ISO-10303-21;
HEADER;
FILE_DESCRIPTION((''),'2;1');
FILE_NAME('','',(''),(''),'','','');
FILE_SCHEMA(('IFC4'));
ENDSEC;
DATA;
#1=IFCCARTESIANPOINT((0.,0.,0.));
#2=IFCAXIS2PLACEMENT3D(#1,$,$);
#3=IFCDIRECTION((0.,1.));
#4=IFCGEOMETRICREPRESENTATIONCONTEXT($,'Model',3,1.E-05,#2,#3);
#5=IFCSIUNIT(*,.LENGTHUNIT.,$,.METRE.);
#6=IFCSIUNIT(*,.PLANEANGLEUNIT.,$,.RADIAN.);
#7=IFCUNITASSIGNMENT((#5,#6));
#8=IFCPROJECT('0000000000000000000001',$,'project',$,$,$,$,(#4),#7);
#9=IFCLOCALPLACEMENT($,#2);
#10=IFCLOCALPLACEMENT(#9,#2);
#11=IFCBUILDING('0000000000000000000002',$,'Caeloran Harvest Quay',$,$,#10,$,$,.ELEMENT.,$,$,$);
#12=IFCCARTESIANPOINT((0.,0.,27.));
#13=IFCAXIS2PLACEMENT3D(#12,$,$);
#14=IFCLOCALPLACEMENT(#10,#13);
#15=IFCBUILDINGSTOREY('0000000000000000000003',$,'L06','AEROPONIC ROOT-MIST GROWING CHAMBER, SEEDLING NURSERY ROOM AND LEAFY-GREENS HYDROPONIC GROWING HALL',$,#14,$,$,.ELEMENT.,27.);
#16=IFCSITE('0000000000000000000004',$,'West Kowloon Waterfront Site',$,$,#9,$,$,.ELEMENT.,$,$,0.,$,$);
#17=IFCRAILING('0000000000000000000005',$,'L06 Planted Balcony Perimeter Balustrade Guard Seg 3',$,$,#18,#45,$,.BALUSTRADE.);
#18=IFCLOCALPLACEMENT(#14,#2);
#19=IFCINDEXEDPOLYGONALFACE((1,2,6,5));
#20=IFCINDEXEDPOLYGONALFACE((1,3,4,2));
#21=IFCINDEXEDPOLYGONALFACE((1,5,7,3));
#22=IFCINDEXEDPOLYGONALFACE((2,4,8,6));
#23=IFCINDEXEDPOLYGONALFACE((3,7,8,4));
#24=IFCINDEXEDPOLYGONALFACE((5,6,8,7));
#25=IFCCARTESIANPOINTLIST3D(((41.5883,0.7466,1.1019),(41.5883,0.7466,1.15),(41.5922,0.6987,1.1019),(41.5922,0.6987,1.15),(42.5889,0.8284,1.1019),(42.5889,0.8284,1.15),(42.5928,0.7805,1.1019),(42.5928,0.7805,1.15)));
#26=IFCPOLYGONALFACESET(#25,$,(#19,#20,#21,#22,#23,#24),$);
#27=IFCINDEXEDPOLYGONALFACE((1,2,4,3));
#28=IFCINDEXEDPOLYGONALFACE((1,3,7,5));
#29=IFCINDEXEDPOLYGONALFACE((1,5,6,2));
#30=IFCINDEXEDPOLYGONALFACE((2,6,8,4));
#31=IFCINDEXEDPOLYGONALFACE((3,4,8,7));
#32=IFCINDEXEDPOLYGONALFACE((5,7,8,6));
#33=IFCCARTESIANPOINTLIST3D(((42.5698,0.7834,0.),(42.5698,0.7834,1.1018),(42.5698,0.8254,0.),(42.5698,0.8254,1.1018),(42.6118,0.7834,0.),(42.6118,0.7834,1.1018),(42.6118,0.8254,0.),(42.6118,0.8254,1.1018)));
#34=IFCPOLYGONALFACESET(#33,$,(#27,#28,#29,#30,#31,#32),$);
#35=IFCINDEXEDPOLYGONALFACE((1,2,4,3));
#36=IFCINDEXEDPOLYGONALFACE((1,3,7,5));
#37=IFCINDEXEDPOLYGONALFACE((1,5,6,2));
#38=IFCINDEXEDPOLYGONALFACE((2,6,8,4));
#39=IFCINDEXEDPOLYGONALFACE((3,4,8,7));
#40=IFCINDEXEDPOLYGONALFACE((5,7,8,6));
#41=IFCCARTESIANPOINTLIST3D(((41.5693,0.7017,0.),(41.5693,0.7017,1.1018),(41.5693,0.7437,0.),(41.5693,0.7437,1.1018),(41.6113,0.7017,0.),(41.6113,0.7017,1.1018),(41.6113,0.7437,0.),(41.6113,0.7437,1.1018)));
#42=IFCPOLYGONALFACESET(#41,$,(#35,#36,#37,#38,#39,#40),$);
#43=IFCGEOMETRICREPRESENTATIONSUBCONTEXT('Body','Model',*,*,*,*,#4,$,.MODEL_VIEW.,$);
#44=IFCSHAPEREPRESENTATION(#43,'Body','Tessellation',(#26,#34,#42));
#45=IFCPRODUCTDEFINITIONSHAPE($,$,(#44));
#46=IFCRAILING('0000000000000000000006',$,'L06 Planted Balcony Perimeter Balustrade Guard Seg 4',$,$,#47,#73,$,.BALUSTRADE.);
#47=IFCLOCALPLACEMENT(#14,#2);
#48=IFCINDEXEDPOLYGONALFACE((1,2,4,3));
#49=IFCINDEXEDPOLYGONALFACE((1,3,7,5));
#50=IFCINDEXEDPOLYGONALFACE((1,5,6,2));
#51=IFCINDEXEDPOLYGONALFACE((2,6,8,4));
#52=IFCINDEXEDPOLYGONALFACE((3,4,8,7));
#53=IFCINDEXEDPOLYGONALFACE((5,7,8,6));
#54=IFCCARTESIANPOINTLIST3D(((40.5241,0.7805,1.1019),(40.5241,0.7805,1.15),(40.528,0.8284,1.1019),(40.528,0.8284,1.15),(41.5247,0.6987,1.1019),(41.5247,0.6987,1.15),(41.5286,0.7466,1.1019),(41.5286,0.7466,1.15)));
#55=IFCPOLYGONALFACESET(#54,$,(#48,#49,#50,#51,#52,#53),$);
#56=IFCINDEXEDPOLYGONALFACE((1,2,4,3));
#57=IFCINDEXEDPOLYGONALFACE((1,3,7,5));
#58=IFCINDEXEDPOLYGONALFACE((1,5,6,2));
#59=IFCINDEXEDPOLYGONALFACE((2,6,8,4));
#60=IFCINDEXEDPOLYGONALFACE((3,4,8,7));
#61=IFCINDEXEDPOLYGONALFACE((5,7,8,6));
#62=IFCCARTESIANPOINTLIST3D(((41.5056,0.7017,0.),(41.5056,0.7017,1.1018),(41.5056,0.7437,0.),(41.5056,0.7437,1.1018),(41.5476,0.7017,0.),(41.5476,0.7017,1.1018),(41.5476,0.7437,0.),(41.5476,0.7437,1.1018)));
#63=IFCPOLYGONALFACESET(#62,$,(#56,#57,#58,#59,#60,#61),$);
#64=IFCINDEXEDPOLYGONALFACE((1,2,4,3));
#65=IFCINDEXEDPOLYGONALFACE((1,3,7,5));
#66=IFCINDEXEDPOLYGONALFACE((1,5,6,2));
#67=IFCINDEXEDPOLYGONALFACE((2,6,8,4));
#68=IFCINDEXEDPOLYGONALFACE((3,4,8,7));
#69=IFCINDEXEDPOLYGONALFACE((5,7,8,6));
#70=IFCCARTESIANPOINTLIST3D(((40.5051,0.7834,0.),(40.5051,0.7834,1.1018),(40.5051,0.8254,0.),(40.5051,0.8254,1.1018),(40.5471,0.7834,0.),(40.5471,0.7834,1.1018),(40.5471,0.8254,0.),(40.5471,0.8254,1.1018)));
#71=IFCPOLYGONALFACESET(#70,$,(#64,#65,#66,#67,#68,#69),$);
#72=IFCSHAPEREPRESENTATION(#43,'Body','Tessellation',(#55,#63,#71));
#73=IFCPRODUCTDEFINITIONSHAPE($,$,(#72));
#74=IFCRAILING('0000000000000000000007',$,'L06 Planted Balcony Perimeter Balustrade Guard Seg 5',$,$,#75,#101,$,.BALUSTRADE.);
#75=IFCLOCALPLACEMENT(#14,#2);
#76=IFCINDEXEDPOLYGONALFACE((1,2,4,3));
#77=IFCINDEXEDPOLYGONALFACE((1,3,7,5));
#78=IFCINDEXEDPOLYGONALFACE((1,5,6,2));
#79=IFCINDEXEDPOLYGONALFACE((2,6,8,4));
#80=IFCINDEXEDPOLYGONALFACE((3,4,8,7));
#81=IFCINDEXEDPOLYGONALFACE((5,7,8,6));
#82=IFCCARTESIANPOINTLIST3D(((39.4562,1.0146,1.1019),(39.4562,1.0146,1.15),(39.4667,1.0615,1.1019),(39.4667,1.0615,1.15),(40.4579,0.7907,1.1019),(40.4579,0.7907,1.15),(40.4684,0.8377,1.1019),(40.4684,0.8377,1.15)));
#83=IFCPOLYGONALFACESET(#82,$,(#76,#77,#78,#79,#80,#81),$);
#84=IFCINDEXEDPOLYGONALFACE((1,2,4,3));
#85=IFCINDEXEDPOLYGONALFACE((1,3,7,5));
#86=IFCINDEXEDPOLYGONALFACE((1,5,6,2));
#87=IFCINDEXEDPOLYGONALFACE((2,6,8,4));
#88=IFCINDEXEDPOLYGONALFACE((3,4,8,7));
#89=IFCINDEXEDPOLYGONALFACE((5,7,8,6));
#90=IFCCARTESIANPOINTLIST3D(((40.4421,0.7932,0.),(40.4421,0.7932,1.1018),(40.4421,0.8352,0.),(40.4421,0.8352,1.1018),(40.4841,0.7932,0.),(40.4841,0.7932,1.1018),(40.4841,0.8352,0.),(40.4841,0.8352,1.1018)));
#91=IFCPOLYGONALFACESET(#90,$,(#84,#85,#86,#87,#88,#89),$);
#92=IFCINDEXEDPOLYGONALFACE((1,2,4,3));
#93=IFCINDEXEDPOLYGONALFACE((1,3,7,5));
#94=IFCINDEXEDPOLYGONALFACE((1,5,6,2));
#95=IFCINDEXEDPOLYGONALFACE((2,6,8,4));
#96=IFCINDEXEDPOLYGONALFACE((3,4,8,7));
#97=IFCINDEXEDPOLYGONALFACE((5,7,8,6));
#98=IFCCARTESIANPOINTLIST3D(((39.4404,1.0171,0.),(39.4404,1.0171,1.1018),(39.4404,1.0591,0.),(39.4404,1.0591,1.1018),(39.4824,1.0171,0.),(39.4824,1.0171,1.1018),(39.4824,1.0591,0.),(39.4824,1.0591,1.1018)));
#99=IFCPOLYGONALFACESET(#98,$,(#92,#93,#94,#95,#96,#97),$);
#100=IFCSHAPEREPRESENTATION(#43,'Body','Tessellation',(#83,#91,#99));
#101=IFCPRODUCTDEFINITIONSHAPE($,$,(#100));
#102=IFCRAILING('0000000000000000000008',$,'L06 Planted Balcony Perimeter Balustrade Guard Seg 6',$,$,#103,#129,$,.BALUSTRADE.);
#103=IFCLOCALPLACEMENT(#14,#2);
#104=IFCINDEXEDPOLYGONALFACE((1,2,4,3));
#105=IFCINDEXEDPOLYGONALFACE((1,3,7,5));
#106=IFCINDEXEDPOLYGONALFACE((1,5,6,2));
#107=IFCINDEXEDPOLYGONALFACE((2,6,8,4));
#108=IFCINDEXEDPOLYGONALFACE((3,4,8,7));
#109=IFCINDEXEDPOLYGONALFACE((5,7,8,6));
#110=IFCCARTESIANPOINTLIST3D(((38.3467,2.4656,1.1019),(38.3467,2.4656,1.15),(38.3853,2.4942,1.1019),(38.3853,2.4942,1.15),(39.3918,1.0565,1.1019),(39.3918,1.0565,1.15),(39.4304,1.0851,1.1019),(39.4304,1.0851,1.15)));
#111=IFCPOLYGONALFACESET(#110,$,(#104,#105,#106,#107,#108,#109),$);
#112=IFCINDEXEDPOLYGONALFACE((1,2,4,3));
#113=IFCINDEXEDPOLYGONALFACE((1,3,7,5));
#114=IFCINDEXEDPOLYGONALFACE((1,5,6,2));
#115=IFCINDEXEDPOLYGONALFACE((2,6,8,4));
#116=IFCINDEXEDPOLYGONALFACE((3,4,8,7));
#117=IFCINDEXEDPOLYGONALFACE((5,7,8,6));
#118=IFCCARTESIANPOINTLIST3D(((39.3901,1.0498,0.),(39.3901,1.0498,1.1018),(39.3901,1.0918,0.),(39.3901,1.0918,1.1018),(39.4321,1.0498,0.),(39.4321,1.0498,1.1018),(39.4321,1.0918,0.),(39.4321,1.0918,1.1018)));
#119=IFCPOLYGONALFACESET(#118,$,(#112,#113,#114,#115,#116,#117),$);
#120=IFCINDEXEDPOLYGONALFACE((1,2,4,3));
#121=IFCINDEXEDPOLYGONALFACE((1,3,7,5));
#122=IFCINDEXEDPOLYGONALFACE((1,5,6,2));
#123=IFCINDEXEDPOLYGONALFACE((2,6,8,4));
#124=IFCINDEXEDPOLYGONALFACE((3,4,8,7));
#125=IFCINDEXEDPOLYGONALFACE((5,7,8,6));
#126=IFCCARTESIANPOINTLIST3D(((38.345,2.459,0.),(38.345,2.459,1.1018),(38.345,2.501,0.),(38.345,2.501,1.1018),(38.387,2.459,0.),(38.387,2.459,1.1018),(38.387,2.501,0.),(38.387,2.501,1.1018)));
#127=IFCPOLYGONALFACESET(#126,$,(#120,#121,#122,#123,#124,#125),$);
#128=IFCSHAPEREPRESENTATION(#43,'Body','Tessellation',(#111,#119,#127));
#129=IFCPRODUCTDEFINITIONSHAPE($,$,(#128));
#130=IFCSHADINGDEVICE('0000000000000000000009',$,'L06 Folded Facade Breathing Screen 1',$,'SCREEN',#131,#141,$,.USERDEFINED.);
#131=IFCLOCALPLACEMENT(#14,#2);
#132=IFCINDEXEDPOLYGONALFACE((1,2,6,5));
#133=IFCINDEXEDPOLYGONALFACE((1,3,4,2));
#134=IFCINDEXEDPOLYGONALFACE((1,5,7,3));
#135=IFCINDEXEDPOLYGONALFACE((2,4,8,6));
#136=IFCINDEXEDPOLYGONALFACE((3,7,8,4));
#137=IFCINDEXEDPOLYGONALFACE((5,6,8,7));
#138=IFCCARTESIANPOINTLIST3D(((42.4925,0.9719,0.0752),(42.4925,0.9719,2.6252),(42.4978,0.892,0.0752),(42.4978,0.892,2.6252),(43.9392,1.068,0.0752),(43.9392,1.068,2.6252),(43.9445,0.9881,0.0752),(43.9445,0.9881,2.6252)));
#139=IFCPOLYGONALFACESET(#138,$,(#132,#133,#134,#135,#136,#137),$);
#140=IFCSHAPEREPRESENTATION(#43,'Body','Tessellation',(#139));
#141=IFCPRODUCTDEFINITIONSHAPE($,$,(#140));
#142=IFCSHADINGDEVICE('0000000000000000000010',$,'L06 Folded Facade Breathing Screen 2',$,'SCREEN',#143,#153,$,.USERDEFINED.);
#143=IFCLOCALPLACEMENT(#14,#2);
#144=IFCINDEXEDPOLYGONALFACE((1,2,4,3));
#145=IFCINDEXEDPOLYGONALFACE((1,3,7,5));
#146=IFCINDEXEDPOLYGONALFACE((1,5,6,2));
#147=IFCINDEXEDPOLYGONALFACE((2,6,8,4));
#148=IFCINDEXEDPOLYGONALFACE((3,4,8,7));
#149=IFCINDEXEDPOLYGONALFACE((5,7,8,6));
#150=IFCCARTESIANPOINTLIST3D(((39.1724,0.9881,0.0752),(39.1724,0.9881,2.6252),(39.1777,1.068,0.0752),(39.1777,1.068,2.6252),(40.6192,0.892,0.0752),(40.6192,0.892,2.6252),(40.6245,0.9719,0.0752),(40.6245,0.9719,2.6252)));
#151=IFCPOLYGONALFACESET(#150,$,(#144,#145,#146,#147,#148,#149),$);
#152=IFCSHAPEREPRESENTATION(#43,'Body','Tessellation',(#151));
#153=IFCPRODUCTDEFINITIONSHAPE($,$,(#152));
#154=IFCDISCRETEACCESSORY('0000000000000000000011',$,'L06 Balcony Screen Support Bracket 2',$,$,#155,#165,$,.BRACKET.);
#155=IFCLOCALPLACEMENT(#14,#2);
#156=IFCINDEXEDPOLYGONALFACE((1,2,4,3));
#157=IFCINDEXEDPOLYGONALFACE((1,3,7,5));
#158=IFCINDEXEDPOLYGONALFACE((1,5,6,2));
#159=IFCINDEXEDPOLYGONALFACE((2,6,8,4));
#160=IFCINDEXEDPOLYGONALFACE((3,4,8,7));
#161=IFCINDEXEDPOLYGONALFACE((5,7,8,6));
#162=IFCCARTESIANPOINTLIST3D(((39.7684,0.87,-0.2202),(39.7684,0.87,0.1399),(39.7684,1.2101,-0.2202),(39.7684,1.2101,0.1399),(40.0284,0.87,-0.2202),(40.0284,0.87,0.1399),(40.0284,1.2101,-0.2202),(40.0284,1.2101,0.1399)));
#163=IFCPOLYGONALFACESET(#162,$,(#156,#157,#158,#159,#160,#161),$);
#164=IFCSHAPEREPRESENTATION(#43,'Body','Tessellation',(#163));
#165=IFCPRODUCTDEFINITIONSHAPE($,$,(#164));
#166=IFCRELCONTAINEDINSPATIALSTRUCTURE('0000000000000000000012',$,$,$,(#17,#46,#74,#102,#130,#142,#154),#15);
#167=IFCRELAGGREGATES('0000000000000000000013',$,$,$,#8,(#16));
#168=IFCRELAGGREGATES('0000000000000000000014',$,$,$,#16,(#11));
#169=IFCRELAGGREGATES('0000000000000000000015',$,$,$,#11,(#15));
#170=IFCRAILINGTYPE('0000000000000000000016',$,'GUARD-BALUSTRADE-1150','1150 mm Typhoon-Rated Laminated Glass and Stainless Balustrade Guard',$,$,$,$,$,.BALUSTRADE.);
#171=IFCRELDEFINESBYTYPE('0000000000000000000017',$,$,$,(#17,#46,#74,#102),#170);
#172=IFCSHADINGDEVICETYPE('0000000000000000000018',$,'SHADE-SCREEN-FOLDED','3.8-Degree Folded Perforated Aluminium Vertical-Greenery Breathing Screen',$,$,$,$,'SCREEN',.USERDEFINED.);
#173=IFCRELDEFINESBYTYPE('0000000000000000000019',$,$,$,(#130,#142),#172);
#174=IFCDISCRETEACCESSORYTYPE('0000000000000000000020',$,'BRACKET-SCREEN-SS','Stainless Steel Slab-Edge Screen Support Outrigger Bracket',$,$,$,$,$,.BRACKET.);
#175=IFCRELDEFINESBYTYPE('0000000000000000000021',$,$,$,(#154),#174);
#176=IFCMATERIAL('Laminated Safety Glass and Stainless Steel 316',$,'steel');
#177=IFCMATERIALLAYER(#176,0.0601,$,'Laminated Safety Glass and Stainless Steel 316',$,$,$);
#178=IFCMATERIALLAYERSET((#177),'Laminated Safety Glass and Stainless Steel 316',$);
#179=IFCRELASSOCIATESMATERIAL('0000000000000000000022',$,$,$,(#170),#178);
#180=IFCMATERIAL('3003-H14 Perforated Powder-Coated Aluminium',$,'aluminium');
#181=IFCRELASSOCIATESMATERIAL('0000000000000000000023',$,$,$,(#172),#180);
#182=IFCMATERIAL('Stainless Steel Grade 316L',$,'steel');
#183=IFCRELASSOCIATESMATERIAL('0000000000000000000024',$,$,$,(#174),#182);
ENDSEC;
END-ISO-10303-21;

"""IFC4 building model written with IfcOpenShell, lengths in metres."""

from ifc_helpers import new_model, si_unit, direction, frame, origin, origin_2d, place, context, subcontext, project, spatial, rectangle, extrude, material, layer, layer_set, type_object, element, save


model = new_model("IFC4")

# Units and contexts
model_context = context("Model", 3, precision=1e-05, world=origin(), true_north=direction((0.0, 1.0)))
body_context = subcontext(model_context, "Body", "Model", "MODEL_VIEW")
ifc_project = project(units=[si_unit("LENGTHUNIT", "METRE"), si_unit("PLANEANGLEUNIT", "RADIAN")], contexts=[model_context])

# Site, building, storey
site_placement = place(None, origin())
site = spatial("IfcSite", under=ifc_project, at=site_placement, Name="West Kowloon Waterfront Site", CompositionType="ELEMENT", RefElevation=0.0)
building_placement = place(site_placement, origin())
building = spatial("IfcBuilding", under=site, at=building_placement, Name="Caeloran Harvest Quay", CompositionType="ELEMENT")
storey_placement = place(building_placement, frame((0.0, 0.0, 27.0)))
storey = spatial("IfcBuildingStorey", under=building, at=storey_placement, Name="L06", Description="AEROPONIC ROOT-MIST GROWING CHAMBER, SEEDLING NURSERY ROOM AND LEAFY-GREENS HYDROPONIC GROWING HALL", CompositionType="ELEMENT", Elevation=27.0)

# Railings
ifc_material_1 = material(Name="Laminated Safety Glass and Stainless Steel 316", Category="steel")
ifc_layer_1 = layer(ifc_material_1, 0.0601, Name="Laminated Safety Glass and Stainless Steel 316")
ifc_layer_set_1 = layer_set([ifc_layer_1], Name="Laminated Safety Glass and Stainless Steel 316")
railing_type = type_object("IfcRailingType", Name="GUARD-BALUSTRADE-1150", Description="1150 mm Typhoon-Rated Laminated Glass and Stainless Balustrade Guard", PredefinedType="BALUSTRADE", material=ifc_layer_set_1)
railing_1_placement = place(storey_placement, frame((42.5908, 0.8044, 0.0)))
element("IfcRailing", 1, at=railing_1_placement, inside=storey, type_object=railing_type, Name="L06 Planted Balcony Perimeter Balustrade Guard Seg 3", PredefinedType="BALUSTRADE", context=body_context, shape_type="SweptSolid", body=[
    extrude(rectangle(XDim=0.0481, YDim=0.0481, at=origin_2d()), frame((0.0, 0.0, 1.126), z_axis=(-0.996675, -0.081475, 0.0), x_axis=(0.081475, -0.996675, 0.0)), (0.0, 0.0, 1.0), 1.0039),
    extrude(rectangle(XDim=0.042, YDim=0.042, at=origin_2d()), origin(), (0.0, 0.0, 1.0), 1.1018),
    extrude(rectangle(XDim=0.042, YDim=0.042, at=origin_2d()), frame((-1.0005, -0.0818, 0.0)), (0.0, 0.0, 1.0), 1.1018),
])
railing_2_placement = place(storey_placement, frame((41.5266, 0.7227, 0.0)))
element("IfcRailing", 2, at=railing_2_placement, inside=storey, type_object=railing_type, Name="L06 Planted Balcony Perimeter Balustrade Guard Seg 4", PredefinedType="BALUSTRADE", context=body_context, shape_type="SweptSolid", body=[
    extrude(rectangle(XDim=0.0481, YDim=0.0481, at=origin_2d()), frame((0.0, 0.0, 1.126), z_axis=(-0.996675, 0.081475, 0.0), x_axis=(-0.081475, -0.996675, 0.0)), (0.0, 0.0, 1.0), 1.0039),
    extrude(rectangle(XDim=0.042, YDim=0.042, at=origin_2d()), origin(), (0.0, 0.0, 1.0), 1.1018),
    extrude(rectangle(XDim=0.042, YDim=0.042, at=origin_2d()), frame((-1.0005, 0.0818, 0.0)), (0.0, 0.0, 1.0), 1.1018),
])
railing_3_placement = place(storey_placement, frame((40.4631, 0.8142, 0.0)))
element("IfcRailing", 3, at=railing_3_placement, inside=storey, type_object=railing_type, Name="L06 Planted Balcony Perimeter Balustrade Guard Seg 5", PredefinedType="BALUSTRADE", context=body_context, shape_type="SweptSolid", body=[
    extrude(rectangle(XDim=0.0481, YDim=0.0481, at=origin_2d()), frame((0.0, 0.0, 1.126), z_axis=(-0.975923, 0.218114, 0.0), x_axis=(-0.218114, -0.975923, 0.0)), (0.0, 0.0, 1.0), 1.0264),
    extrude(rectangle(XDim=0.042, YDim=0.042, at=origin_2d()), origin(), (0.0, 0.0, 1.0), 1.1018),
    extrude(rectangle(XDim=0.042, YDim=0.042, at=origin_2d()), frame((-1.0017, 0.2239, 0.0)), (0.0, 0.0, 1.0), 1.1018),
])
railing_4_placement = place(storey_placement, frame((39.4111, 1.0708, 0.0)))
element("IfcRailing", 4, at=railing_4_placement, inside=storey, type_object=railing_type, Name="L06 Planted Balcony Perimeter Balustrade Guard Seg 6", PredefinedType="BALUSTRADE", context=body_context, shape_type="SweptSolid", body=[
    extrude(rectangle(XDim=0.0481, YDim=0.0481, at=origin_2d()), frame((0.0, 0.0, 1.126), z_axis=(-0.595717, 0.803195, 0.0), x_axis=(-0.803195, -0.595717, 0.0)), (0.0, 0.0, 1.0), 1.7544),
    extrude(rectangle(XDim=0.042, YDim=0.042, at=origin_2d()), origin(), (0.0, 0.0, 1.0), 1.1018),
    extrude(rectangle(XDim=0.042, YDim=0.042, at=origin_2d()), frame((-1.0452, 1.4092, 0.0)), (0.0, 0.0, 1.0), 1.1018),
])

# Shading devices
ifc_material_2 = material(Name="3003-H14 Perforated Powder-Coated Aluminium", Category="aluminium")
shading_device_type = type_object("IfcShadingDeviceType", Name="SHADE-SCREEN-FOLDED", Description="3.8-Degree Folded Perforated Aluminium Vertical-Greenery Breathing Screen", ElementType="SCREEN", PredefinedType="USERDEFINED", material=ifc_material_2)
for number, where, z_axis, x_axis, name in (
    (5, (43.2185, 0.98, 0.0752), (0.0, 0.0, 1.0), (0.997801, 0.066274, 0.0), "L06 Folded Facade Breathing Screen 1"),
    (6, (39.8984, 0.98, 0.0752), (0.0, 0.0, 1.0), (0.997801, -0.066274, 0.0), "L06 Folded Facade Breathing Screen 2"),
):
    element("IfcShadingDevice", number, at=place(storey_placement, frame(where, z_axis=z_axis, x_axis=x_axis)), inside=storey, type_object=shading_device_type, Name=name, ObjectType="SCREEN", PredefinedType="USERDEFINED", context=body_context, shape_type="SweptSolid", body=[
        extrude(rectangle(XDim=1.45, YDim=0.0801, at=origin_2d()), origin(), (0.0, 0.0, 1.0), 2.55),
    ])

# Discrete accessory
ifc_material_3 = material(Name="Stainless Steel Grade 316L", Category="steel")
discrete_accessory_type = type_object("IfcDiscreteAccessoryType", Name="BRACKET-SCREEN-SS", Description="Stainless Steel Slab-Edge Screen Support Outrigger Bracket", PredefinedType="BRACKET", material=ifc_material_3)
discrete_accessory_placement = place(storey_placement, frame((39.8984, 1.04, -0.2202), z_axis=(0.0, 0.0, 1.0), x_axis=(1.0, 0.0, 0.0)))
element("IfcDiscreteAccessory", 7, at=discrete_accessory_placement, inside=storey, type_object=discrete_accessory_type, Name="L06 Balcony Screen Support Bracket 2", PredefinedType="BRACKET", context=body_context, shape_type="SweptSolid", body=[
    extrude(rectangle(XDim=0.26, YDim=0.3401, at=origin_2d()), origin(), (0.0, 0.0, 1.0), 0.3601),
])

save(model, "model.ifc")
